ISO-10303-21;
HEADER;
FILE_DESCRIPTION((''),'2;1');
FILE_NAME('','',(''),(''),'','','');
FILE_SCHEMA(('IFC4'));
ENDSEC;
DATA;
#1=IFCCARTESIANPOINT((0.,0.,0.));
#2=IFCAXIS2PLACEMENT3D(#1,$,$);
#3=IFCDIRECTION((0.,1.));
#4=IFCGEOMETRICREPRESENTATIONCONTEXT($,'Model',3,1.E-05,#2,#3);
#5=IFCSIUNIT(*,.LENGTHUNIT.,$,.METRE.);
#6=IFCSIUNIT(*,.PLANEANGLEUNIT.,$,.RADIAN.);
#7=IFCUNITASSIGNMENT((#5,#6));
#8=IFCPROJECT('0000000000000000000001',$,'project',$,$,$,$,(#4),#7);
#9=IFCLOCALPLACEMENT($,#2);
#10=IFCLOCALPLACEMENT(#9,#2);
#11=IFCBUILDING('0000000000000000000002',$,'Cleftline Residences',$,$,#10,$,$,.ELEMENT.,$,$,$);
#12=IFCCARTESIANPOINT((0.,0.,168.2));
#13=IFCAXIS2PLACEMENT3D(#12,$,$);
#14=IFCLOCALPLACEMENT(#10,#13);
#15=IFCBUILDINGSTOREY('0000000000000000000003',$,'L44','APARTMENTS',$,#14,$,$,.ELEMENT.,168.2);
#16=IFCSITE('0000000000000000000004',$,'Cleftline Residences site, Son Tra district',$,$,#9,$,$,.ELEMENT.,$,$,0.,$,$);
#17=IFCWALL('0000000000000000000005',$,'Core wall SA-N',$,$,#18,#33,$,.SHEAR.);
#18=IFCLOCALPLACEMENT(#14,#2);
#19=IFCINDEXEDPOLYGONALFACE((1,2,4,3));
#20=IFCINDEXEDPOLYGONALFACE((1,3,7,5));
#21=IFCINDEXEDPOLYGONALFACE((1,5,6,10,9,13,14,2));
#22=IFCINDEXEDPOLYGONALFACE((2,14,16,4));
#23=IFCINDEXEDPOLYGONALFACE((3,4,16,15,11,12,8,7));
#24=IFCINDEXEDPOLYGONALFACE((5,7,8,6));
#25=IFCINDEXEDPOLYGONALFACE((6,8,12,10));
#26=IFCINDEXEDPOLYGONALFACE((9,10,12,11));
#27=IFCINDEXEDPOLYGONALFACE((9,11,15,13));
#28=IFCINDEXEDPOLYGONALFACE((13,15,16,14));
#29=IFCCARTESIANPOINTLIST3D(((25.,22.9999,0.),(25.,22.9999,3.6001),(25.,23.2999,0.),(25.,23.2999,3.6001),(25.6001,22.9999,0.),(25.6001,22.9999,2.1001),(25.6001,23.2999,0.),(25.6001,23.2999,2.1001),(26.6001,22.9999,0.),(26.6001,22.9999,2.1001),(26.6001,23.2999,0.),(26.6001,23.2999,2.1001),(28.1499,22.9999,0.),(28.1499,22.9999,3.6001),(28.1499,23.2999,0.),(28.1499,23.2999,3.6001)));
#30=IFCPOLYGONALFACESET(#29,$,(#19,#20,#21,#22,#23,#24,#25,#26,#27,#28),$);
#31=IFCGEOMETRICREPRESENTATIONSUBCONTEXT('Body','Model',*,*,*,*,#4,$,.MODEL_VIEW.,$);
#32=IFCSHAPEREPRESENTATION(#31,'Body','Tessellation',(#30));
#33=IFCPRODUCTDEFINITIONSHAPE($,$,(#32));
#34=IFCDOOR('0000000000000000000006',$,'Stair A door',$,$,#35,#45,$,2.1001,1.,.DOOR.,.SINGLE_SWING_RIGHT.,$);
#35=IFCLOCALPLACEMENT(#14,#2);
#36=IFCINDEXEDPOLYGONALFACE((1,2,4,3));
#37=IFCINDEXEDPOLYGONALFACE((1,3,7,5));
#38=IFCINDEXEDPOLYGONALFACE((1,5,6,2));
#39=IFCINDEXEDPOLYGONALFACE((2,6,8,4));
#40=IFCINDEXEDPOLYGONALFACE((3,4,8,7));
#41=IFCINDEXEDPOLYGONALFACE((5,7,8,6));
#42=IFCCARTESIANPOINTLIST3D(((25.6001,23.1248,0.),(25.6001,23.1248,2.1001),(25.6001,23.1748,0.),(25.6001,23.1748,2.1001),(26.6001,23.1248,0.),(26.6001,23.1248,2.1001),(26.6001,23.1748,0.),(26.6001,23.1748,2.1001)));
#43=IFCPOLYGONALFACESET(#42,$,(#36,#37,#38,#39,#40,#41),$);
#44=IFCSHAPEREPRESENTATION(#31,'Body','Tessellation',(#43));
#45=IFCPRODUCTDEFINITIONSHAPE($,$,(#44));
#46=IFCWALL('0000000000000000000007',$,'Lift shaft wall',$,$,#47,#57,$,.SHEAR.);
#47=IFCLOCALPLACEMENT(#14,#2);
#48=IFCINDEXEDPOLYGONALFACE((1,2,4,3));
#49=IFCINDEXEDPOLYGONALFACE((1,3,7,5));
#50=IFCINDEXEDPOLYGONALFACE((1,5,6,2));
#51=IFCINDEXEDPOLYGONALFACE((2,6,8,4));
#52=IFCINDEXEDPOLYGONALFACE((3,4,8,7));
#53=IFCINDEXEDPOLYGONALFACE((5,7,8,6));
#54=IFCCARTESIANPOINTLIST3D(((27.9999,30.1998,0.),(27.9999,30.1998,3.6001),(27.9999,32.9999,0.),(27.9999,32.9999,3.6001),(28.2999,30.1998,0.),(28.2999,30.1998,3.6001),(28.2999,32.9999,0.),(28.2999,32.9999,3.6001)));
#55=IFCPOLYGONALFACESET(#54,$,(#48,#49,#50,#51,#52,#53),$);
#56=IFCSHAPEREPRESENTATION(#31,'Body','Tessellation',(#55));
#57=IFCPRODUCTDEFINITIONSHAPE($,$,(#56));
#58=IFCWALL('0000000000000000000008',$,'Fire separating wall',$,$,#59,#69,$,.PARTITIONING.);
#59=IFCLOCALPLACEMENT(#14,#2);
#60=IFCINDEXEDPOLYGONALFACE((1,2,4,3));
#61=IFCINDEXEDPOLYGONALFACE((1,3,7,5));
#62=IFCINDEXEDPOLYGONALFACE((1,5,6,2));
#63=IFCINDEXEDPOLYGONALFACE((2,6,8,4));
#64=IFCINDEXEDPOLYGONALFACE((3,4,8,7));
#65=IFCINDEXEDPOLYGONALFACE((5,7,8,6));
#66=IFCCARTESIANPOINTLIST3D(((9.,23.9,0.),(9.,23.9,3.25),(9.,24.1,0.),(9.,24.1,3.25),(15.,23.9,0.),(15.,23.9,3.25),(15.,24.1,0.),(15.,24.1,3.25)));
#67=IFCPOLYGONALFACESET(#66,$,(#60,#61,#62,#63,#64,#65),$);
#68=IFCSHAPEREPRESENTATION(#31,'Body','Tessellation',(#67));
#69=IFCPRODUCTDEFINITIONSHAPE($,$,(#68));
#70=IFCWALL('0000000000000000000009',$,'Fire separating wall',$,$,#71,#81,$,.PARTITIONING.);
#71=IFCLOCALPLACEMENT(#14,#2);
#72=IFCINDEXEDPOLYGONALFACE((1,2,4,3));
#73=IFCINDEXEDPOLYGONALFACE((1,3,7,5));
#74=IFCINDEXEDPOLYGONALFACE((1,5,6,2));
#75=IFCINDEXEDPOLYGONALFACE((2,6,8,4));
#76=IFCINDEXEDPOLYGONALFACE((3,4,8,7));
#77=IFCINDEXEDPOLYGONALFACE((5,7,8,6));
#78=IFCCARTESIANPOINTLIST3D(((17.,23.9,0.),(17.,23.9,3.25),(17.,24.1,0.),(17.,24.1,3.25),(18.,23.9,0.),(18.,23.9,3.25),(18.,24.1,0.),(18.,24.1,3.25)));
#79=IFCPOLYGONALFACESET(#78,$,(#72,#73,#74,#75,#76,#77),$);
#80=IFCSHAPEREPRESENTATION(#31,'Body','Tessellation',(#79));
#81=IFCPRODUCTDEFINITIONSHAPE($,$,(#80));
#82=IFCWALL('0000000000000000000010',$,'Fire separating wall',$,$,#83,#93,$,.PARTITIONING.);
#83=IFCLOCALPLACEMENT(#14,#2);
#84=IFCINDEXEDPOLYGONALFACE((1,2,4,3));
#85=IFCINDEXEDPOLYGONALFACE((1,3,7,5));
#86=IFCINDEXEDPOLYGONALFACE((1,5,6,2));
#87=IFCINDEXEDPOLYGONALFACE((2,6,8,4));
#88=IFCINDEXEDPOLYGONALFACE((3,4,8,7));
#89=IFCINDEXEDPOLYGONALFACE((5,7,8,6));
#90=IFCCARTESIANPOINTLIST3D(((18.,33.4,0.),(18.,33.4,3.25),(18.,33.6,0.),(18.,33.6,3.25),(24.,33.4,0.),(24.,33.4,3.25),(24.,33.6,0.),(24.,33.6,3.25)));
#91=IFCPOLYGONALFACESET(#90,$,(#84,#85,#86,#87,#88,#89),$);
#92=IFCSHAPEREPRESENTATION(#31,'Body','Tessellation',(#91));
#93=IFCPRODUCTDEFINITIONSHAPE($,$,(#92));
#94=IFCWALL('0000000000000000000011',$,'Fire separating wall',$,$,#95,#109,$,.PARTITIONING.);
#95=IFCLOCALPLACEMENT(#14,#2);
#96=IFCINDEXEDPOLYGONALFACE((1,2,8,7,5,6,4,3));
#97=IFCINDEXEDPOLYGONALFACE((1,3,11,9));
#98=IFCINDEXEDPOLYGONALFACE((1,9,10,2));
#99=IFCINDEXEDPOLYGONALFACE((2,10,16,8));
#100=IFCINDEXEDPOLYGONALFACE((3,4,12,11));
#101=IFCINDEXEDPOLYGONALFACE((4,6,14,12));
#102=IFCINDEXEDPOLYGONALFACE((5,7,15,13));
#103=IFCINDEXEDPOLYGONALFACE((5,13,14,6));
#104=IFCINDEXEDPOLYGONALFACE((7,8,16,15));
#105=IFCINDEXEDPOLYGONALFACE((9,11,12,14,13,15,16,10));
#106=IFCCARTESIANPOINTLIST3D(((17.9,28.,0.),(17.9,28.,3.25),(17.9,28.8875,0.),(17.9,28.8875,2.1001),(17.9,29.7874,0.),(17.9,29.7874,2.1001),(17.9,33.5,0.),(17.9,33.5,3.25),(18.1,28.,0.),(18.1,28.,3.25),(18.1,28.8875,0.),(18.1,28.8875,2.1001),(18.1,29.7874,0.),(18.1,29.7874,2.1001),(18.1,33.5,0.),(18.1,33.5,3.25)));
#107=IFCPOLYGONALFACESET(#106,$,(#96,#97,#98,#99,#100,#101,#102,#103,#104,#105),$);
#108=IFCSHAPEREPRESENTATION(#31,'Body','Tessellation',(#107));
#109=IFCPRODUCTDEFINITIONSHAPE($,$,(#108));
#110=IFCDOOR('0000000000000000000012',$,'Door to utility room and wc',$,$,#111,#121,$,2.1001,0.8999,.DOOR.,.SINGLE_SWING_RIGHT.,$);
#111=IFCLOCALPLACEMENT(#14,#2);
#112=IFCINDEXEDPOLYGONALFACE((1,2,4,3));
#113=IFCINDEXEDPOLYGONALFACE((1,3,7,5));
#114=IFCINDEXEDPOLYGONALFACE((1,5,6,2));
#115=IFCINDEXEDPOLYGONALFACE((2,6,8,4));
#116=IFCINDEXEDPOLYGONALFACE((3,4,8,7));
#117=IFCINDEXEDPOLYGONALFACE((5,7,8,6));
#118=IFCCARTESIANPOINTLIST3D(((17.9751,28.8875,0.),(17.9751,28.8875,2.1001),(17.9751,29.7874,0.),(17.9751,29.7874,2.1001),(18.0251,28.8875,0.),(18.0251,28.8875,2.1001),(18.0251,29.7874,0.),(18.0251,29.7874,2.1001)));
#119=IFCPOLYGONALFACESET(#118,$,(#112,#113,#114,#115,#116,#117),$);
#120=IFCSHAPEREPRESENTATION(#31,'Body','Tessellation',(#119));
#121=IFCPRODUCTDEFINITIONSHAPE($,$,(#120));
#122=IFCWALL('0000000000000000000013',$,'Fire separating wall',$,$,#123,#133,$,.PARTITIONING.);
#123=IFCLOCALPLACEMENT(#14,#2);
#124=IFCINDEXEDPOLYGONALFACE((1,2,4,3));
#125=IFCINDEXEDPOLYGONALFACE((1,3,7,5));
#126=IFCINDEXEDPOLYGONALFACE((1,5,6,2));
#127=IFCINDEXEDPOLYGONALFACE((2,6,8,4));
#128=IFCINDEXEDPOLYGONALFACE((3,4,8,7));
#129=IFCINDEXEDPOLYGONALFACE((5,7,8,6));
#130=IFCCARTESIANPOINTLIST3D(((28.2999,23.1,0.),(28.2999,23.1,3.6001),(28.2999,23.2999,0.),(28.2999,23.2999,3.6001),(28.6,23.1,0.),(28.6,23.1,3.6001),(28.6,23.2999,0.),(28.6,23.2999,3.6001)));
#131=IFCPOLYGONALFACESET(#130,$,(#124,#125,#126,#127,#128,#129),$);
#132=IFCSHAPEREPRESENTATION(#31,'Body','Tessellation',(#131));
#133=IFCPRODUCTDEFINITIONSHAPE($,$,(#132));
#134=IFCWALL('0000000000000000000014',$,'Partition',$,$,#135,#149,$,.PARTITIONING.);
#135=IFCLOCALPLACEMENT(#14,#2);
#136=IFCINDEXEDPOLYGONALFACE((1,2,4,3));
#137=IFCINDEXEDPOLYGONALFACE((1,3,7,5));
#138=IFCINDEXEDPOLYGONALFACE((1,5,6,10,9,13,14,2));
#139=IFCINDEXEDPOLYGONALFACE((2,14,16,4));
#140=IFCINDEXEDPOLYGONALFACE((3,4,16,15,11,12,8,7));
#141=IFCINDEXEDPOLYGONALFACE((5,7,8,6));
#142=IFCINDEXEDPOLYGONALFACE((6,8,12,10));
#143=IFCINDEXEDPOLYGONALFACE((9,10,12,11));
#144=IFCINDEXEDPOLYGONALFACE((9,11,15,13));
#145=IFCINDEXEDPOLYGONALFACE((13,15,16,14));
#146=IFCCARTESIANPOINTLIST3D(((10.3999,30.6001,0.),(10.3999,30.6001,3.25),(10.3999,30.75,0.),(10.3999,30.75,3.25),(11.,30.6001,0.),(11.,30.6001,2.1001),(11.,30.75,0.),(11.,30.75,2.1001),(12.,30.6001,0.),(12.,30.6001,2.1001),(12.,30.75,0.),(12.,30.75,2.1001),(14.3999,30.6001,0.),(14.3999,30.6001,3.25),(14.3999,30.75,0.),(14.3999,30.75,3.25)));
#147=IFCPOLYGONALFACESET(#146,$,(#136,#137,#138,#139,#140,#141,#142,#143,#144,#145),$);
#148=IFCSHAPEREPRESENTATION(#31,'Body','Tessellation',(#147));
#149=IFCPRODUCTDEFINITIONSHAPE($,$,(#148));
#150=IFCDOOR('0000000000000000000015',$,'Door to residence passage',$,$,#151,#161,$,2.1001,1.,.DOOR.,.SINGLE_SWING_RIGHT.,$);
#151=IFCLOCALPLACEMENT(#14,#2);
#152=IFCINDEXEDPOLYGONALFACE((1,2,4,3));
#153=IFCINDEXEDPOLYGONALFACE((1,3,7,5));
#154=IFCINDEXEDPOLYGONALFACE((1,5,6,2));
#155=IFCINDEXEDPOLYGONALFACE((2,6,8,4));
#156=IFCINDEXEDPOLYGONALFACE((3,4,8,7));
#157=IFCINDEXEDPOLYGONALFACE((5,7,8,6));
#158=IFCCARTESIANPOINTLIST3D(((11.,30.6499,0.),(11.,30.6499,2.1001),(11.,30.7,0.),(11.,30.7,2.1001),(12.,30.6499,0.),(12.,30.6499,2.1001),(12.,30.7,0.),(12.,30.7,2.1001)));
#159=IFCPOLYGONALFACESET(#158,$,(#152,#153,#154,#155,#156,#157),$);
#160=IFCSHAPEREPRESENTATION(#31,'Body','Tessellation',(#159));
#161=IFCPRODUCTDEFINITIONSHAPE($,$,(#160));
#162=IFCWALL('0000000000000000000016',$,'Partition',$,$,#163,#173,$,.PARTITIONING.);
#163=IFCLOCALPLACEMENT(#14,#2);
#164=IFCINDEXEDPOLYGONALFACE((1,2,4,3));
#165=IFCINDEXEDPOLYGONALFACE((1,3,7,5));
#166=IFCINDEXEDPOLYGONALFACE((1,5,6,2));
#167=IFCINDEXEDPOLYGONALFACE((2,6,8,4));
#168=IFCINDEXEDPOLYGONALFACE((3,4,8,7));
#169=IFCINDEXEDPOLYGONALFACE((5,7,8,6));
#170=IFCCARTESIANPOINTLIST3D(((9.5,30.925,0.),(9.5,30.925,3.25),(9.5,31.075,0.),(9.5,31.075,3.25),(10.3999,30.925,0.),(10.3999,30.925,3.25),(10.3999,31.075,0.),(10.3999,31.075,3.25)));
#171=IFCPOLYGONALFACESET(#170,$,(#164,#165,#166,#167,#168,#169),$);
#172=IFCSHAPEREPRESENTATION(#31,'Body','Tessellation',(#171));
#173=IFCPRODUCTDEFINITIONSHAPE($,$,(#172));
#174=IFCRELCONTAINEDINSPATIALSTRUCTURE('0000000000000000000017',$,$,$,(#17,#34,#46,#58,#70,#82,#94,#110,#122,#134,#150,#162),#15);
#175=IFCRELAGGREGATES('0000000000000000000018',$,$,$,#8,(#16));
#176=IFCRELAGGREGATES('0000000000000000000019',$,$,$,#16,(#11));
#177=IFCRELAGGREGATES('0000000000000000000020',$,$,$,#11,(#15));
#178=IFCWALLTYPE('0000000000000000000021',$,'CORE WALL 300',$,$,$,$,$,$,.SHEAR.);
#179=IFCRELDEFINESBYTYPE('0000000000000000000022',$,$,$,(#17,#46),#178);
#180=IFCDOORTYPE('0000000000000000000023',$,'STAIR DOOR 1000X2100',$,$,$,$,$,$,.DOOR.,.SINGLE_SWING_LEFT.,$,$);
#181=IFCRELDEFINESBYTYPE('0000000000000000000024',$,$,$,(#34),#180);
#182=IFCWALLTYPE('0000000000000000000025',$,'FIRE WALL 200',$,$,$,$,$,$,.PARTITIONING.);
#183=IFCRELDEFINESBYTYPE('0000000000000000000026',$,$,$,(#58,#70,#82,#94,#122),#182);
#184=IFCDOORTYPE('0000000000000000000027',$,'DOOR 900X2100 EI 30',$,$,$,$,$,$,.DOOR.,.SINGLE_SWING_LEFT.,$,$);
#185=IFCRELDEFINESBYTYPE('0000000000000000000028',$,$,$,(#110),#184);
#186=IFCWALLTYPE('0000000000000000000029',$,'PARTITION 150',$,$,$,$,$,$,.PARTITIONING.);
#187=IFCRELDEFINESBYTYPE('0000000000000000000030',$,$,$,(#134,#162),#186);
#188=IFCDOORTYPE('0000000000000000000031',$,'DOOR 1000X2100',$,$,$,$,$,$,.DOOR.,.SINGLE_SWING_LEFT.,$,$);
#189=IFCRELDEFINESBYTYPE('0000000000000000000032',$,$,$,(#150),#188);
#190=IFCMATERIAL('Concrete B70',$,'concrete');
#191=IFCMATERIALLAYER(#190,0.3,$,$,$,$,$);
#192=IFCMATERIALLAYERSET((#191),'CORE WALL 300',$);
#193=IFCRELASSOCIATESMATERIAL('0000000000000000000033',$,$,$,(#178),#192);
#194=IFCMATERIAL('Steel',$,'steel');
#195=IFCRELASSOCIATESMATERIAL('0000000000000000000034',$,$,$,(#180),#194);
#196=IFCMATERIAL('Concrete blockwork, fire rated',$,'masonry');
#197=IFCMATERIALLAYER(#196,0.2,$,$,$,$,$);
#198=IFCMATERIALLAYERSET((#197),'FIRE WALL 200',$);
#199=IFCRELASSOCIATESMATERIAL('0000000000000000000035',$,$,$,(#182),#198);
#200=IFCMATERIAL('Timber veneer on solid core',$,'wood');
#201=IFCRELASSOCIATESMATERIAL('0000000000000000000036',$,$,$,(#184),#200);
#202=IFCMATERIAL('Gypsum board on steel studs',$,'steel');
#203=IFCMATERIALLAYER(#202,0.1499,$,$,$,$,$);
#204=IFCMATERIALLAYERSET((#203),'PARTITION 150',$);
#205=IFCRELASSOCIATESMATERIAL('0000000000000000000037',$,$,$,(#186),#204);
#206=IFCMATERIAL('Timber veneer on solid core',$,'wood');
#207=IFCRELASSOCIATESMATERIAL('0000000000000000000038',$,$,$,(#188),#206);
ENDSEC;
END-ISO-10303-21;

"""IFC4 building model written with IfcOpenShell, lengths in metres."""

from ifc_helpers import new_model, si_unit, direction, frame, frame_2d, origin, place, context, subcontext, project, spatial, rectangle, extrude, material, layer, layer_set, type_object, element, fill, save


model = new_model("IFC4")

# Units and contexts
model_context = context("Model", 3, precision=1e-05, world=origin(), true_north=direction((0.0, 1.0)))
body_context = subcontext(model_context, "Body", "Model", "MODEL_VIEW")
ifc_project = project(units=[si_unit("LENGTHUNIT", "METRE"), si_unit("PLANEANGLEUNIT", "RADIAN")], contexts=[model_context])

# Site, building, storey
site_placement = place(None, origin())
site = spatial("IfcSite", under=ifc_project, at=site_placement, Name="Cleftline Residences site, Son Tra district", CompositionType="ELEMENT", RefElevation=0.0)
building_placement = place(site_placement, origin())
building = spatial("IfcBuilding", under=site, at=building_placement, Name="Cleftline Residences", CompositionType="ELEMENT")
storey_placement = place(building_placement, frame((0.0, 0.0, 168.2)))
storey = spatial("IfcBuildingStorey", under=building, at=storey_placement, Name="L44", Description="APARTMENTS", CompositionType="ELEMENT", Elevation=168.2)

# Wall, opening, door
ifc_material_1 = material(Name="Concrete B70", Category="concrete")
ifc_layer_1 = layer(ifc_material_1, 0.3)
ifc_layer_set_1 = layer_set([ifc_layer_1], Name="CORE WALL 300")
wall_type_1 = type_object("IfcWallType", Name="CORE WALL 300", PredefinedType="SHEAR", material=ifc_layer_set_1)
wall_1_placement = place(storey_placement, frame((25.0, 23.1499, 0.0), z_axis=(0.0, 0.0, 1.0), x_axis=(1.0, 0.0, 0.0)))
wall_1 = element("IfcWall", 1, at=wall_1_placement, inside=storey, type_object=wall_type_1, Name="Core wall SA-N", PredefinedType="SHEAR", context=body_context, shape_type="SweptSolid", body=[
    extrude(rectangle(XDim=3.1499, YDim=0.3, at=frame_2d((1.575, 0.0))), origin(), (0.0, 0.0, 1.0), 3.6001),
])
opening_1_placement = place(wall_1_placement, frame((0.6001, 0.0, 0.0)))
opening_1 = element("IfcOpeningElement", 2, at=opening_1_placement, cuts=wall_1, PredefinedType="OPENING", context=body_context, shape_type="SweptSolid", body=[
    extrude(rectangle(XDim=1.0, YDim=2.1001, at=frame_2d((0.5, 1.05))), frame((0.0, 0.1599, 0.0), z_axis=(0.0, -1.0, 0.0), x_axis=(1.0, 0.0, 0.0)), (0.0, 0.0, 1.0), 0.3201),
])
ifc_material_2 = material(Name="Steel", Category="steel")
door_type_1 = type_object("IfcDoorType", Name="STAIR DOOR 1000X2100", OperationType="SINGLE_SWING_LEFT", PredefinedType="DOOR", material=ifc_material_2)
door_1_placement = place(opening_1_placement, origin())
door_1 = element("IfcDoor", 3, at=door_1_placement, inside=storey, type_object=door_type_1, Name="Stair A door", OperationType="SINGLE_SWING_RIGHT", OverallHeight=2.1001, OverallWidth=1.0, PredefinedType="DOOR", context=body_context, shape_type="SweptSolid", body=[
    extrude(rectangle(XDim=1.0, YDim=2.1001, at=frame_2d((0.5, 1.05))), frame((0.0, 0.0249, 0.0), z_axis=(0.0, -1.0, 0.0), x_axis=(1.0, 0.0, 0.0)), (0.0, 0.0, 1.0), 0.05),
])
fill(opening_1, door_1)

# Walls
wall_2_placement = place(storey_placement, frame((28.1499, 30.2, 0.0), z_axis=(0.0, 0.0, 1.0), x_axis=(0.0, 1.0, 0.0)))
element("IfcWall", 4, at=wall_2_placement, inside=storey, type_object=wall_type_1, Name="Lift shaft wall", PredefinedType="SHEAR", context=body_context, shape_type="SweptSolid", body=[
    extrude(rectangle(XDim=2.8, YDim=0.3, at=frame_2d((1.3999, 0.0))), origin(), (0.0, 0.0, 1.0), 3.6001),
])
ifc_material_3 = material(Name="Concrete blockwork, fire rated", Category="masonry")
ifc_layer_2 = layer(ifc_material_3, 0.2)
ifc_layer_set_2 = layer_set([ifc_layer_2], Name="FIRE WALL 200")
wall_type_2 = type_object("IfcWallType", Name="FIRE WALL 200", PredefinedType="PARTITIONING", material=ifc_layer_set_2)
wall_3_placement = place(storey_placement, frame((9.0, 24.0, 0.0), z_axis=(0.0, 0.0, 1.0), x_axis=(1.0, 0.0, 0.0)))
element("IfcWall", 5, at=wall_3_placement, inside=storey, type_object=wall_type_2, Name="Fire separating wall", PredefinedType="PARTITIONING", context=body_context, shape_type="SweptSolid", body=[
    extrude(rectangle(XDim=6.0, YDim=0.2, at=frame_2d((3.0, 0.0))), origin(), (0.0, 0.0, 1.0), 3.25),
])
wall_4_placement = place(storey_placement, frame((17.0, 24.0, 0.0), z_axis=(0.0, 0.0, 1.0), x_axis=(1.0, 0.0, 0.0)))
element("IfcWall", 6, at=wall_4_placement, inside=storey, type_object=wall_type_2, Name="Fire separating wall", PredefinedType="PARTITIONING", context=body_context, shape_type="SweptSolid", body=[
    extrude(rectangle(XDim=1.0, YDim=0.2, at=frame_2d((0.5, 0.0))), origin(), (0.0, 0.0, 1.0), 3.25),
])
wall_5_placement = place(storey_placement, frame((18.0, 33.5, 0.0), z_axis=(0.0, 0.0, 1.0), x_axis=(1.0, 0.0, 0.0)))
element("IfcWall", 7, at=wall_5_placement, inside=storey, type_object=wall_type_2, Name="Fire separating wall", PredefinedType="PARTITIONING", context=body_context, shape_type="SweptSolid", body=[
    extrude(rectangle(XDim=6.0, YDim=0.2, at=frame_2d((3.0, 0.0))), origin(), (0.0, 0.0, 1.0), 3.25),
])

# Wall, opening, door
wall_6_placement = place(storey_placement, frame((18.0, 28.0, 0.0), z_axis=(0.0, 0.0, 1.0), x_axis=(0.0, 1.0, 0.0)))
wall_6 = element("IfcWall", 8, at=wall_6_placement, inside=storey, type_object=wall_type_2, Name="Fire separating wall", PredefinedType="PARTITIONING", context=body_context, shape_type="SweptSolid", body=[
    extrude(rectangle(XDim=5.5, YDim=0.2, at=frame_2d((2.75, 0.0))), origin(), (0.0, 0.0, 1.0), 3.25),
])
opening_2_placement = place(wall_6_placement, frame((0.8875, 0.0, 0.0)))
opening_2 = element("IfcOpeningElement", 9, at=opening_2_placement, cuts=wall_6, PredefinedType="OPENING", context=body_context, shape_type="SweptSolid", body=[
    extrude(rectangle(XDim=0.8999, YDim=2.1001, at=frame_2d((0.45, 1.05))), frame((0.0, 0.1099, 0.0), z_axis=(0.0, -1.0, 0.0), x_axis=(1.0, 0.0, 0.0)), (0.0, 0.0, 1.0), 0.22),
])
ifc_material_4 = material(Name="Timber veneer on solid core", Category="wood")
door_type_2 = type_object("IfcDoorType", Name="DOOR 900X2100 EI 30", OperationType="SINGLE_SWING_LEFT", PredefinedType="DOOR", material=ifc_material_4)
door_2_placement = place(opening_2_placement, origin())
door_2 = element("IfcDoor", 10, at=door_2_placement, inside=storey, type_object=door_type_2, Name="Door to utility room and wc", OperationType="SINGLE_SWING_RIGHT", OverallHeight=2.1001, OverallWidth=0.8999, PredefinedType="DOOR", context=body_context, shape_type="SweptSolid", body=[
    extrude(rectangle(XDim=0.8999, YDim=2.1001, at=frame_2d((0.45, 1.05))), frame((0.0, 0.0249, 0.0), z_axis=(0.0, -1.0, 0.0), x_axis=(1.0, 0.0, 0.0)), (0.0, 0.0, 1.0), 0.05),
])
fill(opening_2, door_2)

# Wall
wall_7_placement = place(storey_placement, frame((28.3, 23.2, 0.0), z_axis=(0.0, 0.0, 1.0), x_axis=(1.0, 0.0, 0.0)))
element("IfcWall", 11, at=wall_7_placement, inside=storey, type_object=wall_type_2, Name="Fire separating wall", PredefinedType="PARTITIONING", context=body_context, shape_type="SweptSolid", body=[
    extrude(rectangle(XDim=0.3, YDim=0.2, at=frame_2d((0.1499, 0.0))), origin(), (0.0, 0.0, 1.0), 3.6001),
])

# Wall, opening, door
ifc_material_5 = material(Name="Gypsum board on steel studs", Category="steel")
ifc_layer_3 = layer(ifc_material_5, 0.1499)
ifc_layer_set_3 = layer_set([ifc_layer_3], Name="PARTITION 150")
wall_type_3 = type_object("IfcWallType", Name="PARTITION 150", PredefinedType="PARTITIONING", material=ifc_layer_set_3)
wall_8_placement = place(storey_placement, frame((10.3999, 30.675, 0.0), z_axis=(0.0, 0.0, 1.0), x_axis=(1.0, 0.0, 0.0)))
wall_8 = element("IfcWall", 12, at=wall_8_placement, inside=storey, type_object=wall_type_3, Name="Partition", PredefinedType="PARTITIONING", context=body_context, shape_type="SweptSolid", body=[
    extrude(rectangle(XDim=4.0, YDim=0.1499, at=frame_2d((2.0, 0.0))), origin(), (0.0, 0.0, 1.0), 3.25),
])
opening_3_placement = place(wall_8_placement, frame((0.6001, 0.0, 0.0)))
opening_3 = element("IfcOpeningElement", 13, at=opening_3_placement, cuts=wall_8, PredefinedType="OPENING", context=body_context, shape_type="SweptSolid", body=[
    extrude(rectangle(XDim=1.0, YDim=2.1001, at=frame_2d((0.5, 1.05))), frame((0.0, 0.085, 0.0), z_axis=(0.0, -1.0, 0.0), x_axis=(1.0, 0.0, 0.0)), (0.0, 0.0, 1.0), 0.1699),
])
ifc_material_6 = material(Name="Timber veneer on solid core", Category="wood")
door_type_3 = type_object("IfcDoorType", Name="DOOR 1000X2100", OperationType="SINGLE_SWING_LEFT", PredefinedType="DOOR", material=ifc_material_6)
door_3_placement = place(opening_3_placement, origin())
door_3 = element("IfcDoor", 14, at=door_3_placement, inside=storey, type_object=door_type_3, Name="Door to residence passage", OperationType="SINGLE_SWING_RIGHT", OverallHeight=2.1001, OverallWidth=1.0, PredefinedType="DOOR", context=body_context, shape_type="SweptSolid", body=[
    extrude(rectangle(XDim=1.0, YDim=2.1001, at=frame_2d((0.5, 1.05))), frame((0.0, 0.0249, 0.0), z_axis=(0.0, -1.0, 0.0), x_axis=(1.0, 0.0, 0.0)), (0.0, 0.0, 1.0), 0.05),
])
fill(opening_3, door_3)

# Wall
wall_9_placement = place(storey_placement, frame((9.5, 31.0, 0.0), z_axis=(0.0, 0.0, 1.0), x_axis=(1.0, 0.0, 0.0)))
element("IfcWall", 15, at=wall_9_placement, inside=storey, type_object=wall_type_3, Name="Partition", PredefinedType="PARTITIONING", context=body_context, shape_type="SweptSolid", body=[
    extrude(rectangle(XDim=0.8999, YDim=0.1499, at=frame_2d((0.45, 0.0))), origin(), (0.0, 0.0, 1.0), 3.25),
])

save(model, "model.ifc")
